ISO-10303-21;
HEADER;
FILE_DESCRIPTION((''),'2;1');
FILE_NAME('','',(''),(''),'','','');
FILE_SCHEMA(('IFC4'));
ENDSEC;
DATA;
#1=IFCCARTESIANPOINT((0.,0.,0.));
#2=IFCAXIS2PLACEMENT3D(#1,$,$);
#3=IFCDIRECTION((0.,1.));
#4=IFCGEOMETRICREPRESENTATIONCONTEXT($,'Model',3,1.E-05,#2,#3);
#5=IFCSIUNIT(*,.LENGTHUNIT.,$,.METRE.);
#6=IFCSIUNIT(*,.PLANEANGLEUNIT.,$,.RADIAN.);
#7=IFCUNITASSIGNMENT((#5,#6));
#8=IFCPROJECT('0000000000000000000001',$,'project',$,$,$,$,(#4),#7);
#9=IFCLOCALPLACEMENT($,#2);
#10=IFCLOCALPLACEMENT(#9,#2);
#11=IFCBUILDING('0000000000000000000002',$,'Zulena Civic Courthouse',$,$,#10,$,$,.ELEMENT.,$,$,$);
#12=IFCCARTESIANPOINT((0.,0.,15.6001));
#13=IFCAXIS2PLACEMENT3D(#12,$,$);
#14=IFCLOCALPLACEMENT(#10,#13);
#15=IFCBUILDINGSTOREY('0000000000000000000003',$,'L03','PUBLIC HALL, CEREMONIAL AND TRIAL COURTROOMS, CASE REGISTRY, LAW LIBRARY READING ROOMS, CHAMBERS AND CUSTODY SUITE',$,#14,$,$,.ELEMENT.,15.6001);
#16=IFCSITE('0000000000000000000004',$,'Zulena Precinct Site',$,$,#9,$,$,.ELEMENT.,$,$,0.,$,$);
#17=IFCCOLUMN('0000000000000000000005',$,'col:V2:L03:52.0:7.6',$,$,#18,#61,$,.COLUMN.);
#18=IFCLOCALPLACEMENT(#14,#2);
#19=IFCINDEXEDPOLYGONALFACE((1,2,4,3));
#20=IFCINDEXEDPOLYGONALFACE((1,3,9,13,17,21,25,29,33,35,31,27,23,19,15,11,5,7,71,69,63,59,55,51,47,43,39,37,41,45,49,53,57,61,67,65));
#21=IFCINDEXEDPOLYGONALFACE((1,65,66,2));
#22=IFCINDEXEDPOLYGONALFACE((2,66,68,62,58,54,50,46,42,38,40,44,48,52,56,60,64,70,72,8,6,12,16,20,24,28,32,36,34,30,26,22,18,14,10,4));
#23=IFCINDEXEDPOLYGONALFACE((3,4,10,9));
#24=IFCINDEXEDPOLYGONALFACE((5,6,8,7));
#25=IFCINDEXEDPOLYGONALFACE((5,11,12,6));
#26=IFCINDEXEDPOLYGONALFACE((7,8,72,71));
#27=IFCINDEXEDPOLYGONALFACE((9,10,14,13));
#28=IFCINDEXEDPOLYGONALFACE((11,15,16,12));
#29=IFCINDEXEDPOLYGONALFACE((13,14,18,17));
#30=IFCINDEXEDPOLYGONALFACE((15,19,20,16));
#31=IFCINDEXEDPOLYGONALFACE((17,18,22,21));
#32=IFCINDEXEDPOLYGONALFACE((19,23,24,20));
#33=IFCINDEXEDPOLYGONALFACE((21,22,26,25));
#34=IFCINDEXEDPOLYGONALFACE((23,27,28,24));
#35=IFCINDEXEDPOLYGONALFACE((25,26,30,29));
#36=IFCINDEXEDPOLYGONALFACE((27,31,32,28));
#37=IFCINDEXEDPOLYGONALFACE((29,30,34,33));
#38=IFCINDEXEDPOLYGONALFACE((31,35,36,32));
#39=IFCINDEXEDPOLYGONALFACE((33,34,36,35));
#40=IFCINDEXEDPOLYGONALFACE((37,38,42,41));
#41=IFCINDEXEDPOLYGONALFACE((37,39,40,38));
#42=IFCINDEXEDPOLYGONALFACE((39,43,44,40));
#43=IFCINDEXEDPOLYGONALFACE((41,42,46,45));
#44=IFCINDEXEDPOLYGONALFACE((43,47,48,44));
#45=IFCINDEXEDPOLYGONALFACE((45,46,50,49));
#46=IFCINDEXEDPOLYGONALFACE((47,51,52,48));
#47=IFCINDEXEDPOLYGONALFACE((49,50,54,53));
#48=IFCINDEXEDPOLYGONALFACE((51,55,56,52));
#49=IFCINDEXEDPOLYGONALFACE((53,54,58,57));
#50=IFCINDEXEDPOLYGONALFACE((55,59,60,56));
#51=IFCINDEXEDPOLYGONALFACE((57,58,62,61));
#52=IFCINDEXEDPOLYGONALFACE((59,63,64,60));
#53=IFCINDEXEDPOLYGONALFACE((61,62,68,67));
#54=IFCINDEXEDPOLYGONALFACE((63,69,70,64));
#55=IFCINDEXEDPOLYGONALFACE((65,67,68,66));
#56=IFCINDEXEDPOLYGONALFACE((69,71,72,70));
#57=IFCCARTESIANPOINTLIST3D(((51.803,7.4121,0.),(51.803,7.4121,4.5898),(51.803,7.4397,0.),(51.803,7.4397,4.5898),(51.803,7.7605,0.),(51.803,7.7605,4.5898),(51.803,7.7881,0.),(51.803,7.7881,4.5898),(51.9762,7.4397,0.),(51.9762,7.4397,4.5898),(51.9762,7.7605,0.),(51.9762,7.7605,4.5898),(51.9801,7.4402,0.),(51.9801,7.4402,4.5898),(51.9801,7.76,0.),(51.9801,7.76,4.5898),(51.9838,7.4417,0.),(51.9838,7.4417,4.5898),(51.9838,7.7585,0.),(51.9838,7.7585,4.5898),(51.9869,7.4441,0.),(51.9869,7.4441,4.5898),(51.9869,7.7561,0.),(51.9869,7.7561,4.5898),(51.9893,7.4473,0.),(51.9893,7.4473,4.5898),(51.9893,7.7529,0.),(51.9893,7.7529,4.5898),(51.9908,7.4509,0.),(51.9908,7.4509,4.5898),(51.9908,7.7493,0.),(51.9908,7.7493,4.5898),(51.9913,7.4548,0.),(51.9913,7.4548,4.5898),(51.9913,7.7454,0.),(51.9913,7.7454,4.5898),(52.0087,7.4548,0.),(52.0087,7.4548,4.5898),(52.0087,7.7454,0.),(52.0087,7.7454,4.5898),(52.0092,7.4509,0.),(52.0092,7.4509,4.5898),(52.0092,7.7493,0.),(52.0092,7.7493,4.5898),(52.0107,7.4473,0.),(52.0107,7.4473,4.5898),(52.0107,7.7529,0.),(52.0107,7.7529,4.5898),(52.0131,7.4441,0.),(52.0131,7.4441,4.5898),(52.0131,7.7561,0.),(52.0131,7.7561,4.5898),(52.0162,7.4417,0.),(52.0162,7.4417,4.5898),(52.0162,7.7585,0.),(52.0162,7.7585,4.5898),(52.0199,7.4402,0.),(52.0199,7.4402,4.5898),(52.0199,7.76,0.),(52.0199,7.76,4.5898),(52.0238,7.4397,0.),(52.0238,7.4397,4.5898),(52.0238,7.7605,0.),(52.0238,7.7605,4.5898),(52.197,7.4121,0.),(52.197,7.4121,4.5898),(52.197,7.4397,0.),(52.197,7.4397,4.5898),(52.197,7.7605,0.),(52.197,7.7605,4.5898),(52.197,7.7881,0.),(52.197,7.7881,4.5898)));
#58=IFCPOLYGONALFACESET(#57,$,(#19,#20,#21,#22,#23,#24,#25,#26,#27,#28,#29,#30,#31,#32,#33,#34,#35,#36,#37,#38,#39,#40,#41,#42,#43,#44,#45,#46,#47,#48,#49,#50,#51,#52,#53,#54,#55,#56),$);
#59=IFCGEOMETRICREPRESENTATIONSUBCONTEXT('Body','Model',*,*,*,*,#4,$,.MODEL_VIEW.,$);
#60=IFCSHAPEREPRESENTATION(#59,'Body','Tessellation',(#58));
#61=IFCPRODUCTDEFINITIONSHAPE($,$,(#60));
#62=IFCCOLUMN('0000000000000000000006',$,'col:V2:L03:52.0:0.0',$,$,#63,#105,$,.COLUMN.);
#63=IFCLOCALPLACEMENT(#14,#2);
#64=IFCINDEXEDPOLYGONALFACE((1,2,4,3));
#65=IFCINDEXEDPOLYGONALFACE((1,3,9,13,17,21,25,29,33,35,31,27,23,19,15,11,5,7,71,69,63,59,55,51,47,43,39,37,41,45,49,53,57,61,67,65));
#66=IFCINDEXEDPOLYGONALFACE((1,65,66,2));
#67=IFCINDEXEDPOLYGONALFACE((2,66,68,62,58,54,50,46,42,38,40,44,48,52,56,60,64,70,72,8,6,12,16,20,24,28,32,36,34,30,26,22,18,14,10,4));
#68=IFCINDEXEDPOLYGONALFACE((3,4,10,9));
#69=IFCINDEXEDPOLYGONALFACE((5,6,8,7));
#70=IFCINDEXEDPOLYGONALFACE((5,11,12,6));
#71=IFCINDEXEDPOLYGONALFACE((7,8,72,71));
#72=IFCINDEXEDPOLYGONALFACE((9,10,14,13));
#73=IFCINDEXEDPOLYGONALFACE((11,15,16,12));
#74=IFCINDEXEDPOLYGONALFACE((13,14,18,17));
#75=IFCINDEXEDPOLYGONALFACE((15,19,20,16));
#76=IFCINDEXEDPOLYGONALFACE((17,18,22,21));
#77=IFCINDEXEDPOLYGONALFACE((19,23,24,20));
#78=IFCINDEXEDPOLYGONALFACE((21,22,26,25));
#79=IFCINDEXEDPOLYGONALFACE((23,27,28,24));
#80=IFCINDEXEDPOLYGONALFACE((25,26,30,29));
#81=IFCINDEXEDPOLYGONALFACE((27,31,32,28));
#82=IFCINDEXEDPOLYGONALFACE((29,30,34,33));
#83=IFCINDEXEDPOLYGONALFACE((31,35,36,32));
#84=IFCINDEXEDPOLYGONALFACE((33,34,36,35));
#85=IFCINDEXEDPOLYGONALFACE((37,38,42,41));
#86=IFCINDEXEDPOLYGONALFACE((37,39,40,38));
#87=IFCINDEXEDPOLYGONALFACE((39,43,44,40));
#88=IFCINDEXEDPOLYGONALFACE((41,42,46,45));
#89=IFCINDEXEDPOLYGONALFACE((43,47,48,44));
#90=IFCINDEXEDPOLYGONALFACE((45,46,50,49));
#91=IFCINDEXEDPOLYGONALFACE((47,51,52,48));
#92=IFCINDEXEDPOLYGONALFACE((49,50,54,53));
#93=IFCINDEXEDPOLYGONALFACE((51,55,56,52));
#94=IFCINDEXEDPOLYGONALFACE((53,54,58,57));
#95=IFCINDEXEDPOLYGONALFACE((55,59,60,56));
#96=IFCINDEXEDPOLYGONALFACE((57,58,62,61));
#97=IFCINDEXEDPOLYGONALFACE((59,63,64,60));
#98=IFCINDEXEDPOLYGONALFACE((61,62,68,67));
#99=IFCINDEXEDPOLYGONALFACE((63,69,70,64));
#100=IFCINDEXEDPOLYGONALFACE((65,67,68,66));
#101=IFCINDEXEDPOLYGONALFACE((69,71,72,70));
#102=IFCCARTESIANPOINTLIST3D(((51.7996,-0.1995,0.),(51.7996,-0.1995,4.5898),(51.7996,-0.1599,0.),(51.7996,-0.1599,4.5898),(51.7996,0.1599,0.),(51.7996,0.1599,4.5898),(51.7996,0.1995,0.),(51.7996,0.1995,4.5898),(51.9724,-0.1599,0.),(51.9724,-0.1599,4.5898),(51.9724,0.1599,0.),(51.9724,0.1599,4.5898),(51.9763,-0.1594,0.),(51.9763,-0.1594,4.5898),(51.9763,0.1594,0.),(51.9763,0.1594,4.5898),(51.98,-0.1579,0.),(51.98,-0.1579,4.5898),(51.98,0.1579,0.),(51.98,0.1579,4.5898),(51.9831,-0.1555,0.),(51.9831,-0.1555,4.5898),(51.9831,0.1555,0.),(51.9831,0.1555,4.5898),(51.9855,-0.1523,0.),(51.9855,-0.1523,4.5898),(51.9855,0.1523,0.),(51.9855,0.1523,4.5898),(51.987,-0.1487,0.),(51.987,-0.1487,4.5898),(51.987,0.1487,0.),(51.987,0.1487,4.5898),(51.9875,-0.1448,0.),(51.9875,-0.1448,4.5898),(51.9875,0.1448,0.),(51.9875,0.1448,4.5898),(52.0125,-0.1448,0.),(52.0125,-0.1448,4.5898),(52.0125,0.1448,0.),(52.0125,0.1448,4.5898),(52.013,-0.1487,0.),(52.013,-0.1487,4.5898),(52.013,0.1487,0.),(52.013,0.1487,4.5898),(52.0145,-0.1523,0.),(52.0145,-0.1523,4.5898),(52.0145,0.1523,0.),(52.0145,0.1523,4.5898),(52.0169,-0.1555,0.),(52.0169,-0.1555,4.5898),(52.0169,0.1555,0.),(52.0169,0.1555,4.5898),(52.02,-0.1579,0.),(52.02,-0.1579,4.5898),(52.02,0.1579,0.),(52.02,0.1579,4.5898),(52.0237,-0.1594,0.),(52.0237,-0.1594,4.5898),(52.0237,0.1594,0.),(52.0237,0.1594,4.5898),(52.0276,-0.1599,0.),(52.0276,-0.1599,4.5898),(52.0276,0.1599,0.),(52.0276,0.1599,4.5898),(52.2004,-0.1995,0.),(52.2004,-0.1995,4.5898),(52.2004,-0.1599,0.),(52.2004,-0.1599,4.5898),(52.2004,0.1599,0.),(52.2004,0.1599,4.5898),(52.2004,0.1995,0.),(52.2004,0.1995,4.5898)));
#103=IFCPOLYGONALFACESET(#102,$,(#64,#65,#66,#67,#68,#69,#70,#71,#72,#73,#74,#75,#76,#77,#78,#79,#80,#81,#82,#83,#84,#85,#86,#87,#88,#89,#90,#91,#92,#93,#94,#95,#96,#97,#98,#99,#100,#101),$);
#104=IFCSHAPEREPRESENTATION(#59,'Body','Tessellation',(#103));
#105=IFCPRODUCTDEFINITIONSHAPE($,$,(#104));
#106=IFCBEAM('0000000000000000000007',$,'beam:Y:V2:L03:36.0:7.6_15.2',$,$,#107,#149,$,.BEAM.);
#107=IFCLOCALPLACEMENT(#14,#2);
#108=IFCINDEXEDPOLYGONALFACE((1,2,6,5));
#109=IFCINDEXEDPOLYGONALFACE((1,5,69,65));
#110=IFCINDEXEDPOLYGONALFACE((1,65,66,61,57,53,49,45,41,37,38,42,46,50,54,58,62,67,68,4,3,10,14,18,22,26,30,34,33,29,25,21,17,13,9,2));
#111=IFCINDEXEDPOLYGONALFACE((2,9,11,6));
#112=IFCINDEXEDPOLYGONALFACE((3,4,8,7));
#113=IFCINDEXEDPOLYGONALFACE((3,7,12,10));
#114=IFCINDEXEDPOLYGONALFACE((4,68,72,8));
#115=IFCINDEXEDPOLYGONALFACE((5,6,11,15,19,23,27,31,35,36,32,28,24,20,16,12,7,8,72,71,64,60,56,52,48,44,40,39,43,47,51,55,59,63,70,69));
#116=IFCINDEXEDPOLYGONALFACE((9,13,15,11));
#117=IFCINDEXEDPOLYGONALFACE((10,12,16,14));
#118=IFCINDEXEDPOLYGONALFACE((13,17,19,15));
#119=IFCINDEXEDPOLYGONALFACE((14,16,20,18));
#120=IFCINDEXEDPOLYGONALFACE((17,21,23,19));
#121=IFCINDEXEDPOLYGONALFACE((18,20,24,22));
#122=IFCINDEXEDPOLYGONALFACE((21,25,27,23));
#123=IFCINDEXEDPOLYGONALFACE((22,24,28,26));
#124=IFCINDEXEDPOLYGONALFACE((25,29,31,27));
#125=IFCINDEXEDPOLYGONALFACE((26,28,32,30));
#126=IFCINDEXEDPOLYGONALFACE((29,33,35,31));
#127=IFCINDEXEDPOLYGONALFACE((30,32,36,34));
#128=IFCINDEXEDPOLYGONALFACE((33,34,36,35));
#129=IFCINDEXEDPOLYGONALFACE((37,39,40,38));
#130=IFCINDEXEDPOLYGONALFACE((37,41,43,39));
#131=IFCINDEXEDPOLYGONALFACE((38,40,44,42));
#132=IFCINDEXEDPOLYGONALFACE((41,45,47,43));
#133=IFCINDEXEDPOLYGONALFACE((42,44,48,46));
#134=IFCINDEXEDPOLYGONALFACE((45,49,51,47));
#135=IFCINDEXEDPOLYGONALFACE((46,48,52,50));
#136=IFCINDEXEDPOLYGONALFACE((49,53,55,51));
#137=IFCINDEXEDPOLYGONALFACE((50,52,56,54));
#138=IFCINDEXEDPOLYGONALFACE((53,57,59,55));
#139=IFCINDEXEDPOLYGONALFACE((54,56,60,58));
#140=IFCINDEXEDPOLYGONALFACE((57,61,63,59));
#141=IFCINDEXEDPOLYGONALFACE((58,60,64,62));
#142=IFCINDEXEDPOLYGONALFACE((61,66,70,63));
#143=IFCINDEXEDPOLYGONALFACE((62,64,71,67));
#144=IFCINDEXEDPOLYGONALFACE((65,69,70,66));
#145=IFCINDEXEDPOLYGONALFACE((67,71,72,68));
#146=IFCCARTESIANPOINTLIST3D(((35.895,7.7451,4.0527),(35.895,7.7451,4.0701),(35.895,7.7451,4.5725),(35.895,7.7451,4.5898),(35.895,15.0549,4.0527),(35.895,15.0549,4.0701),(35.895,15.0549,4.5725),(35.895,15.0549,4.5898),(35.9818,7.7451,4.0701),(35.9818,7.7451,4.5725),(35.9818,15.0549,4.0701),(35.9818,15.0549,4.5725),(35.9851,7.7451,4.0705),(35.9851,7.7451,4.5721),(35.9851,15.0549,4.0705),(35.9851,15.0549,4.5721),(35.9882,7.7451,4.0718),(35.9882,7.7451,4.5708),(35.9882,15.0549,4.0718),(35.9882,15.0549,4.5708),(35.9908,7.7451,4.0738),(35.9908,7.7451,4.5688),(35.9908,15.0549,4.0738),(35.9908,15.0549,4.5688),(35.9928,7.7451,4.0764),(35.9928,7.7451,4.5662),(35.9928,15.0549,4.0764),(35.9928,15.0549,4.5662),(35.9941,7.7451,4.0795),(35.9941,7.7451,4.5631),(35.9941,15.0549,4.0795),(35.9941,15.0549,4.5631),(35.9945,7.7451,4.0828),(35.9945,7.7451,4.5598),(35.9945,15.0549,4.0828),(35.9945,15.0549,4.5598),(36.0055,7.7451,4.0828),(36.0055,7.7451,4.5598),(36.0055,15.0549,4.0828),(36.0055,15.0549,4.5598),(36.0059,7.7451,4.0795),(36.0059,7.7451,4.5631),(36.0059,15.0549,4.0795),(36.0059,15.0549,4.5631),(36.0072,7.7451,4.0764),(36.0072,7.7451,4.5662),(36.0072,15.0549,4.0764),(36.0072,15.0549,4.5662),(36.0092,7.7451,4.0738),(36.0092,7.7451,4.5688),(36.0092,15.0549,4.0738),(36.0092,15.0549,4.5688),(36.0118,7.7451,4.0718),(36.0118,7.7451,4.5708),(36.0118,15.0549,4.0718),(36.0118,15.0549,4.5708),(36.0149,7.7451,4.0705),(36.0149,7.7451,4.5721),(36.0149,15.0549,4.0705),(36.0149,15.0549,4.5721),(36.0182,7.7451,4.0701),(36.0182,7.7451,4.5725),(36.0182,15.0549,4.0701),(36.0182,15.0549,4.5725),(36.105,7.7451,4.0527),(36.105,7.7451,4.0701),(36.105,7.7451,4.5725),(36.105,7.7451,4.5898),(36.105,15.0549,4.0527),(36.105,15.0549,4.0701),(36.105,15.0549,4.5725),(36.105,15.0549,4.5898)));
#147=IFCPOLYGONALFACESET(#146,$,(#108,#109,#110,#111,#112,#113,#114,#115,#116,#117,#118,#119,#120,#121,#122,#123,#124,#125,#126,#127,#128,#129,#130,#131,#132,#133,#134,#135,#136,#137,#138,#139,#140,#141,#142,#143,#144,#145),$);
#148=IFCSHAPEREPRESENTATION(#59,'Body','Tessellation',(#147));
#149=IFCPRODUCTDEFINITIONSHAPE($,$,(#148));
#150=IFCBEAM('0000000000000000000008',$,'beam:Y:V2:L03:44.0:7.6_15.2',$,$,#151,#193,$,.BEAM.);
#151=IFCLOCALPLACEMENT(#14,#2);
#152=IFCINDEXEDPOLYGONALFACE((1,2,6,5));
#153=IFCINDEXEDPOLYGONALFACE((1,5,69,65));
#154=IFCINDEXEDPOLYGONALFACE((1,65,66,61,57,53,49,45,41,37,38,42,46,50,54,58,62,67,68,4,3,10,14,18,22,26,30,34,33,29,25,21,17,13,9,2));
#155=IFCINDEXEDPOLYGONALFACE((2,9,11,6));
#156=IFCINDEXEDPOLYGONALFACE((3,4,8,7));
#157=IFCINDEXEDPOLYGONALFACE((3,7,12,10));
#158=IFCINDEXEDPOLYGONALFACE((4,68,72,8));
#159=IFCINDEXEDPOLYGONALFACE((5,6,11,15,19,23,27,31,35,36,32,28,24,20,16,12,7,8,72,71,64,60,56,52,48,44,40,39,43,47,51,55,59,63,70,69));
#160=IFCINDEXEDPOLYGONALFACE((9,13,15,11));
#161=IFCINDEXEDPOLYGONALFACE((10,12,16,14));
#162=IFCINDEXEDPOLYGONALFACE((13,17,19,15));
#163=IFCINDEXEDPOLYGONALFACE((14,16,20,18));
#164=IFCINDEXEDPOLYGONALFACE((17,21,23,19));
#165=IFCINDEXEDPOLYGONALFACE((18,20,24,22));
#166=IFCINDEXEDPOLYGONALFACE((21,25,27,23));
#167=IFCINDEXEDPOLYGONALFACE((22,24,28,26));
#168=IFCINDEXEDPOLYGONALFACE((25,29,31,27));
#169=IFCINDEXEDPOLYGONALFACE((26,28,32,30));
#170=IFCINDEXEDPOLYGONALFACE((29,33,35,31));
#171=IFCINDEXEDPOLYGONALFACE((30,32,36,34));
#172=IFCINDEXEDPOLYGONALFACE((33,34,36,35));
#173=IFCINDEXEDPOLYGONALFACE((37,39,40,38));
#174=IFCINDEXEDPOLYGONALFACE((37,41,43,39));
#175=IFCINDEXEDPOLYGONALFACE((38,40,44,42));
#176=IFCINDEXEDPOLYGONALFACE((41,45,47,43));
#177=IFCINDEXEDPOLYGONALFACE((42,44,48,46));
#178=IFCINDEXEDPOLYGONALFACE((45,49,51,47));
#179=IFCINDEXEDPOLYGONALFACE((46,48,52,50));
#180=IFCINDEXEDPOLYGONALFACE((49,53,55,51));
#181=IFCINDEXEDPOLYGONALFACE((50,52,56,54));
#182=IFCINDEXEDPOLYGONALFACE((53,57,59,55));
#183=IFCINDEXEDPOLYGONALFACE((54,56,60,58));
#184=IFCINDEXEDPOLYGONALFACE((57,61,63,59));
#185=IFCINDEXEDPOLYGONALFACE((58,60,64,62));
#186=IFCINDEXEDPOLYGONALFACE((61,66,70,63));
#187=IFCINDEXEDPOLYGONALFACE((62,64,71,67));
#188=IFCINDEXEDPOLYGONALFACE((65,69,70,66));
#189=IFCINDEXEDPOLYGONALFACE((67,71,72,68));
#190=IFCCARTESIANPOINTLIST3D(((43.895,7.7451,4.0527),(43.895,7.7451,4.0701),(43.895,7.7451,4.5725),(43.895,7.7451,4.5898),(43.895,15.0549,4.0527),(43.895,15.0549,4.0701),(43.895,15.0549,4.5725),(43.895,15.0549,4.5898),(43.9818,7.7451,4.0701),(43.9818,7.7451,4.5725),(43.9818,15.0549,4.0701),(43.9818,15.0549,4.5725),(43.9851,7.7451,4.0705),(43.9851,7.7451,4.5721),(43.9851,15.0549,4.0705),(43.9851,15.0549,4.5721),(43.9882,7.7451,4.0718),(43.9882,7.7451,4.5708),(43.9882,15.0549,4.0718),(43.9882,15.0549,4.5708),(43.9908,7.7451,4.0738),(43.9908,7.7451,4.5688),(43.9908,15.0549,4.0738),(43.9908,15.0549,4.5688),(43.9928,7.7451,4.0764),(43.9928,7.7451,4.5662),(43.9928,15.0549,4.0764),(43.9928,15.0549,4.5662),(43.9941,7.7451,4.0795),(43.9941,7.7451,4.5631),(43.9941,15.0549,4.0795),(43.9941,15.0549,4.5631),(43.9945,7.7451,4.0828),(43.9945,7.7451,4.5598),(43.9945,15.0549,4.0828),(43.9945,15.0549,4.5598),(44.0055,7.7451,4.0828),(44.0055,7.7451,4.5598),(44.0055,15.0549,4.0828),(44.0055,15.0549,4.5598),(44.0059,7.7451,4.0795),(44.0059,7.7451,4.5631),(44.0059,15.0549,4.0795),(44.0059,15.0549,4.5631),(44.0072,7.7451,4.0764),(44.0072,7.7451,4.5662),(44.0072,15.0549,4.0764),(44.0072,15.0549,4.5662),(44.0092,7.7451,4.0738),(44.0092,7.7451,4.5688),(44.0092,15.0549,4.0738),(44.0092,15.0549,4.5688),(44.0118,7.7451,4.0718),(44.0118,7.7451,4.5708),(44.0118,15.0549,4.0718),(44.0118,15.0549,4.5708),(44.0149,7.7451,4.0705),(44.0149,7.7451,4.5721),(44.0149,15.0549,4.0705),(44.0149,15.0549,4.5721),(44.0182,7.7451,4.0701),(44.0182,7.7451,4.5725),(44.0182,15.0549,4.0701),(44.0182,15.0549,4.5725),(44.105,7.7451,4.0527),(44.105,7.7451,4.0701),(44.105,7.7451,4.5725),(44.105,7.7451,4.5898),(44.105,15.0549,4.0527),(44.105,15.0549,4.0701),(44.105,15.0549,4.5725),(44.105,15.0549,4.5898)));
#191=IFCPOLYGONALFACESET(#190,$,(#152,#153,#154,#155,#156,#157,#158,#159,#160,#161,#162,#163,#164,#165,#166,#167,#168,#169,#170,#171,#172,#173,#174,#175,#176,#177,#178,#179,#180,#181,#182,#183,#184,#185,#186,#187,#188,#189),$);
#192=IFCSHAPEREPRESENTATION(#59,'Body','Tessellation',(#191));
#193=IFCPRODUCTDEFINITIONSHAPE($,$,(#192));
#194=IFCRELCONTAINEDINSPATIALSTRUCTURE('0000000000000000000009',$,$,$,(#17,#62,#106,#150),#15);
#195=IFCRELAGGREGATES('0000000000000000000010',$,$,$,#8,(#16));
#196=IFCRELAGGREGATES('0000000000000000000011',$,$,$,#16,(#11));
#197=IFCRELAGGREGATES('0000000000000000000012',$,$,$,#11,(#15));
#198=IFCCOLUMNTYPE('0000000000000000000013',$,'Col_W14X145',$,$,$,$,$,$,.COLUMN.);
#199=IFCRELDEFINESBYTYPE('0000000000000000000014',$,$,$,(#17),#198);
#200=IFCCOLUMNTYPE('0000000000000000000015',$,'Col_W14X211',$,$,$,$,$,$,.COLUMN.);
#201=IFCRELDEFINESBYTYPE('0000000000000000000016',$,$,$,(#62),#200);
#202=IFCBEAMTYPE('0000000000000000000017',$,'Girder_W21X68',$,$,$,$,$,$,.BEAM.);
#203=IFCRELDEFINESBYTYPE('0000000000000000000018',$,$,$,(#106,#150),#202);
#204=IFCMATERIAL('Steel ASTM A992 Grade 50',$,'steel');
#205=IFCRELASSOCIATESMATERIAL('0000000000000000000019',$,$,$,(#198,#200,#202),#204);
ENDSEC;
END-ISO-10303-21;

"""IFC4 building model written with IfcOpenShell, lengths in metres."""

from ifc_helpers import new_model, si_unit, direction, frame, origin, origin_2d, place, context, subcontext, project, spatial, i_section, extrude, material, material_profile, profile_set, type_object, element, save


model = new_model("IFC4")

# Units and contexts
model_context = context("Model", 3, precision=1e-05, world=origin(), true_north=direction((0.0, 1.0)))
body_context = subcontext(model_context, "Body", "Model", "MODEL_VIEW")
ifc_project = project(units=[si_unit("LENGTHUNIT", "METRE"), si_unit("PLANEANGLEUNIT", "RADIAN")], contexts=[model_context])

# Site, building, storey
site_placement = place(None, origin())
site = spatial("IfcSite", under=ifc_project, at=site_placement, Name="Zulena Precinct Site", CompositionType="ELEMENT", RefElevation=0.0)
building_placement = place(site_placement, origin())
building = spatial("IfcBuilding", under=site, at=building_placement, Name="Zulena Civic Courthouse", CompositionType="ELEMENT")
storey_placement = place(building_placement, frame((0.0, 0.0, 15.6001)))
storey = spatial("IfcBuildingStorey", under=building, at=storey_placement, Name="L03", Description="PUBLIC HALL, CEREMONIAL AND TRIAL COURTROOMS, CASE REGISTRY, LAW LIBRARY READING ROOMS, CHAMBERS AND CUSTODY SUITE", CompositionType="ELEMENT", Elevation=15.6001)

# Columns
ifc_material_1 = material(Name="Steel ASTM A992 Grade 50", Category="steel")
ifc_material_profile_1 = material_profile(ifc_material_1, i_section(OverallWidth=0.394, OverallDepth=0.376, WebThickness=0.0173, FlangeThickness=0.0276, FilletRadius=0.0151, at=origin_2d()), Name="W14X145")
ifc_profile_set_1 = profile_set([ifc_material_profile_1], Name="Steel ASTM A992 Grade 50")
column_type_1 = type_object("IfcColumnType", Name="Col_W14X145", PredefinedType="COLUMN", material=ifc_profile_set_1)
for number, where, z_axis, x_axis, name in (
    (1, (52.0, 7.6001, 0.0), (0.0, 0.0, 1.0), (1.0, 0.0, 0.0), "col:V2:L03:52.0:7.6"),
):
    element("IfcColumn", number, at=place(storey_placement, frame(where, z_axis=z_axis, x_axis=x_axis)), inside=storey, type_object=column_type_1, Name=name, PredefinedType="COLUMN", context=body_context, shape_type="SweptSolid", body=[
        extrude(i_section(OverallWidth=0.394, OverallDepth=0.376, WebThickness=0.0173, FlangeThickness=0.0276, FilletRadius=0.0151, at=origin_2d()), origin(), (0.0, 0.0, 1.0), 4.5898),
    ])
ifc_material_profile_2 = material_profile(ifc_material_1, i_section(OverallWidth=0.4009, OverallDepth=0.3989, WebThickness=0.0249, FlangeThickness=0.0396, FilletRadius=0.0151, at=origin_2d()), Name="W14X211")
ifc_profile_set_2 = profile_set([ifc_material_profile_2], Name="Steel ASTM A992 Grade 50")
column_type_2 = type_object("IfcColumnType", Name="Col_W14X211", PredefinedType="COLUMN", material=ifc_profile_set_2)
column_placement = place(storey_placement, frame((52.0, 0.0, 0.0), z_axis=(0.0, 0.0, 1.0), x_axis=(1.0, 0.0, 0.0)))
element("IfcColumn", 2, at=column_placement, inside=storey, type_object=column_type_2, Name="col:V2:L03:52.0:0.0", PredefinedType="COLUMN", context=body_context, shape_type="SweptSolid", body=[
    extrude(i_section(OverallWidth=0.4009, OverallDepth=0.3989, WebThickness=0.0249, FlangeThickness=0.0396, FilletRadius=0.0151, at=origin_2d()), origin(), (0.0, 0.0, 1.0), 4.5898),
])

# Beams
ifc_material_profile_3 = material_profile(ifc_material_1, i_section(OverallWidth=0.21, OverallDepth=0.5371, WebThickness=0.011, FlangeThickness=0.0173, FilletRadius=0.0127, at=origin_2d()), Name="W21X68")
ifc_profile_set_3 = profile_set([ifc_material_profile_3], Name="Steel ASTM A992 Grade 50")
beam_type_1 = type_object("IfcBeamType", Name="Girder_W21X68", PredefinedType="BEAM", material=ifc_profile_set_3)
for number, where, z_axis, x_axis, name in (
    (3, (36.0, 7.7451, 4.3213), (0.0, 1.0, 0.0), (-1.0, 0.0, 0.0), "beam:Y:V2:L03:36.0:7.6_15.2"),
    (4, (44.0, 7.7451, 4.3213), (0.0, 1.0, 0.0), (-1.0, 0.0, 0.0), "beam:Y:V2:L03:44.0:7.6_15.2"),
):
    element("IfcBeam", number, at=place(storey_placement, frame(where, z_axis=z_axis, x_axis=x_axis)), inside=storey, type_object=beam_type_1, Name=name, PredefinedType="BEAM", context=body_context, shape_type="SweptSolid", body=[
        extrude(i_section(OverallWidth=0.21, OverallDepth=0.5371, WebThickness=0.011, FlangeThickness=0.0173, FilletRadius=0.0127, at=origin_2d()), origin(), (0.0, 0.0, 1.0), 7.3098),
    ])

save(model, "model.ifc")
